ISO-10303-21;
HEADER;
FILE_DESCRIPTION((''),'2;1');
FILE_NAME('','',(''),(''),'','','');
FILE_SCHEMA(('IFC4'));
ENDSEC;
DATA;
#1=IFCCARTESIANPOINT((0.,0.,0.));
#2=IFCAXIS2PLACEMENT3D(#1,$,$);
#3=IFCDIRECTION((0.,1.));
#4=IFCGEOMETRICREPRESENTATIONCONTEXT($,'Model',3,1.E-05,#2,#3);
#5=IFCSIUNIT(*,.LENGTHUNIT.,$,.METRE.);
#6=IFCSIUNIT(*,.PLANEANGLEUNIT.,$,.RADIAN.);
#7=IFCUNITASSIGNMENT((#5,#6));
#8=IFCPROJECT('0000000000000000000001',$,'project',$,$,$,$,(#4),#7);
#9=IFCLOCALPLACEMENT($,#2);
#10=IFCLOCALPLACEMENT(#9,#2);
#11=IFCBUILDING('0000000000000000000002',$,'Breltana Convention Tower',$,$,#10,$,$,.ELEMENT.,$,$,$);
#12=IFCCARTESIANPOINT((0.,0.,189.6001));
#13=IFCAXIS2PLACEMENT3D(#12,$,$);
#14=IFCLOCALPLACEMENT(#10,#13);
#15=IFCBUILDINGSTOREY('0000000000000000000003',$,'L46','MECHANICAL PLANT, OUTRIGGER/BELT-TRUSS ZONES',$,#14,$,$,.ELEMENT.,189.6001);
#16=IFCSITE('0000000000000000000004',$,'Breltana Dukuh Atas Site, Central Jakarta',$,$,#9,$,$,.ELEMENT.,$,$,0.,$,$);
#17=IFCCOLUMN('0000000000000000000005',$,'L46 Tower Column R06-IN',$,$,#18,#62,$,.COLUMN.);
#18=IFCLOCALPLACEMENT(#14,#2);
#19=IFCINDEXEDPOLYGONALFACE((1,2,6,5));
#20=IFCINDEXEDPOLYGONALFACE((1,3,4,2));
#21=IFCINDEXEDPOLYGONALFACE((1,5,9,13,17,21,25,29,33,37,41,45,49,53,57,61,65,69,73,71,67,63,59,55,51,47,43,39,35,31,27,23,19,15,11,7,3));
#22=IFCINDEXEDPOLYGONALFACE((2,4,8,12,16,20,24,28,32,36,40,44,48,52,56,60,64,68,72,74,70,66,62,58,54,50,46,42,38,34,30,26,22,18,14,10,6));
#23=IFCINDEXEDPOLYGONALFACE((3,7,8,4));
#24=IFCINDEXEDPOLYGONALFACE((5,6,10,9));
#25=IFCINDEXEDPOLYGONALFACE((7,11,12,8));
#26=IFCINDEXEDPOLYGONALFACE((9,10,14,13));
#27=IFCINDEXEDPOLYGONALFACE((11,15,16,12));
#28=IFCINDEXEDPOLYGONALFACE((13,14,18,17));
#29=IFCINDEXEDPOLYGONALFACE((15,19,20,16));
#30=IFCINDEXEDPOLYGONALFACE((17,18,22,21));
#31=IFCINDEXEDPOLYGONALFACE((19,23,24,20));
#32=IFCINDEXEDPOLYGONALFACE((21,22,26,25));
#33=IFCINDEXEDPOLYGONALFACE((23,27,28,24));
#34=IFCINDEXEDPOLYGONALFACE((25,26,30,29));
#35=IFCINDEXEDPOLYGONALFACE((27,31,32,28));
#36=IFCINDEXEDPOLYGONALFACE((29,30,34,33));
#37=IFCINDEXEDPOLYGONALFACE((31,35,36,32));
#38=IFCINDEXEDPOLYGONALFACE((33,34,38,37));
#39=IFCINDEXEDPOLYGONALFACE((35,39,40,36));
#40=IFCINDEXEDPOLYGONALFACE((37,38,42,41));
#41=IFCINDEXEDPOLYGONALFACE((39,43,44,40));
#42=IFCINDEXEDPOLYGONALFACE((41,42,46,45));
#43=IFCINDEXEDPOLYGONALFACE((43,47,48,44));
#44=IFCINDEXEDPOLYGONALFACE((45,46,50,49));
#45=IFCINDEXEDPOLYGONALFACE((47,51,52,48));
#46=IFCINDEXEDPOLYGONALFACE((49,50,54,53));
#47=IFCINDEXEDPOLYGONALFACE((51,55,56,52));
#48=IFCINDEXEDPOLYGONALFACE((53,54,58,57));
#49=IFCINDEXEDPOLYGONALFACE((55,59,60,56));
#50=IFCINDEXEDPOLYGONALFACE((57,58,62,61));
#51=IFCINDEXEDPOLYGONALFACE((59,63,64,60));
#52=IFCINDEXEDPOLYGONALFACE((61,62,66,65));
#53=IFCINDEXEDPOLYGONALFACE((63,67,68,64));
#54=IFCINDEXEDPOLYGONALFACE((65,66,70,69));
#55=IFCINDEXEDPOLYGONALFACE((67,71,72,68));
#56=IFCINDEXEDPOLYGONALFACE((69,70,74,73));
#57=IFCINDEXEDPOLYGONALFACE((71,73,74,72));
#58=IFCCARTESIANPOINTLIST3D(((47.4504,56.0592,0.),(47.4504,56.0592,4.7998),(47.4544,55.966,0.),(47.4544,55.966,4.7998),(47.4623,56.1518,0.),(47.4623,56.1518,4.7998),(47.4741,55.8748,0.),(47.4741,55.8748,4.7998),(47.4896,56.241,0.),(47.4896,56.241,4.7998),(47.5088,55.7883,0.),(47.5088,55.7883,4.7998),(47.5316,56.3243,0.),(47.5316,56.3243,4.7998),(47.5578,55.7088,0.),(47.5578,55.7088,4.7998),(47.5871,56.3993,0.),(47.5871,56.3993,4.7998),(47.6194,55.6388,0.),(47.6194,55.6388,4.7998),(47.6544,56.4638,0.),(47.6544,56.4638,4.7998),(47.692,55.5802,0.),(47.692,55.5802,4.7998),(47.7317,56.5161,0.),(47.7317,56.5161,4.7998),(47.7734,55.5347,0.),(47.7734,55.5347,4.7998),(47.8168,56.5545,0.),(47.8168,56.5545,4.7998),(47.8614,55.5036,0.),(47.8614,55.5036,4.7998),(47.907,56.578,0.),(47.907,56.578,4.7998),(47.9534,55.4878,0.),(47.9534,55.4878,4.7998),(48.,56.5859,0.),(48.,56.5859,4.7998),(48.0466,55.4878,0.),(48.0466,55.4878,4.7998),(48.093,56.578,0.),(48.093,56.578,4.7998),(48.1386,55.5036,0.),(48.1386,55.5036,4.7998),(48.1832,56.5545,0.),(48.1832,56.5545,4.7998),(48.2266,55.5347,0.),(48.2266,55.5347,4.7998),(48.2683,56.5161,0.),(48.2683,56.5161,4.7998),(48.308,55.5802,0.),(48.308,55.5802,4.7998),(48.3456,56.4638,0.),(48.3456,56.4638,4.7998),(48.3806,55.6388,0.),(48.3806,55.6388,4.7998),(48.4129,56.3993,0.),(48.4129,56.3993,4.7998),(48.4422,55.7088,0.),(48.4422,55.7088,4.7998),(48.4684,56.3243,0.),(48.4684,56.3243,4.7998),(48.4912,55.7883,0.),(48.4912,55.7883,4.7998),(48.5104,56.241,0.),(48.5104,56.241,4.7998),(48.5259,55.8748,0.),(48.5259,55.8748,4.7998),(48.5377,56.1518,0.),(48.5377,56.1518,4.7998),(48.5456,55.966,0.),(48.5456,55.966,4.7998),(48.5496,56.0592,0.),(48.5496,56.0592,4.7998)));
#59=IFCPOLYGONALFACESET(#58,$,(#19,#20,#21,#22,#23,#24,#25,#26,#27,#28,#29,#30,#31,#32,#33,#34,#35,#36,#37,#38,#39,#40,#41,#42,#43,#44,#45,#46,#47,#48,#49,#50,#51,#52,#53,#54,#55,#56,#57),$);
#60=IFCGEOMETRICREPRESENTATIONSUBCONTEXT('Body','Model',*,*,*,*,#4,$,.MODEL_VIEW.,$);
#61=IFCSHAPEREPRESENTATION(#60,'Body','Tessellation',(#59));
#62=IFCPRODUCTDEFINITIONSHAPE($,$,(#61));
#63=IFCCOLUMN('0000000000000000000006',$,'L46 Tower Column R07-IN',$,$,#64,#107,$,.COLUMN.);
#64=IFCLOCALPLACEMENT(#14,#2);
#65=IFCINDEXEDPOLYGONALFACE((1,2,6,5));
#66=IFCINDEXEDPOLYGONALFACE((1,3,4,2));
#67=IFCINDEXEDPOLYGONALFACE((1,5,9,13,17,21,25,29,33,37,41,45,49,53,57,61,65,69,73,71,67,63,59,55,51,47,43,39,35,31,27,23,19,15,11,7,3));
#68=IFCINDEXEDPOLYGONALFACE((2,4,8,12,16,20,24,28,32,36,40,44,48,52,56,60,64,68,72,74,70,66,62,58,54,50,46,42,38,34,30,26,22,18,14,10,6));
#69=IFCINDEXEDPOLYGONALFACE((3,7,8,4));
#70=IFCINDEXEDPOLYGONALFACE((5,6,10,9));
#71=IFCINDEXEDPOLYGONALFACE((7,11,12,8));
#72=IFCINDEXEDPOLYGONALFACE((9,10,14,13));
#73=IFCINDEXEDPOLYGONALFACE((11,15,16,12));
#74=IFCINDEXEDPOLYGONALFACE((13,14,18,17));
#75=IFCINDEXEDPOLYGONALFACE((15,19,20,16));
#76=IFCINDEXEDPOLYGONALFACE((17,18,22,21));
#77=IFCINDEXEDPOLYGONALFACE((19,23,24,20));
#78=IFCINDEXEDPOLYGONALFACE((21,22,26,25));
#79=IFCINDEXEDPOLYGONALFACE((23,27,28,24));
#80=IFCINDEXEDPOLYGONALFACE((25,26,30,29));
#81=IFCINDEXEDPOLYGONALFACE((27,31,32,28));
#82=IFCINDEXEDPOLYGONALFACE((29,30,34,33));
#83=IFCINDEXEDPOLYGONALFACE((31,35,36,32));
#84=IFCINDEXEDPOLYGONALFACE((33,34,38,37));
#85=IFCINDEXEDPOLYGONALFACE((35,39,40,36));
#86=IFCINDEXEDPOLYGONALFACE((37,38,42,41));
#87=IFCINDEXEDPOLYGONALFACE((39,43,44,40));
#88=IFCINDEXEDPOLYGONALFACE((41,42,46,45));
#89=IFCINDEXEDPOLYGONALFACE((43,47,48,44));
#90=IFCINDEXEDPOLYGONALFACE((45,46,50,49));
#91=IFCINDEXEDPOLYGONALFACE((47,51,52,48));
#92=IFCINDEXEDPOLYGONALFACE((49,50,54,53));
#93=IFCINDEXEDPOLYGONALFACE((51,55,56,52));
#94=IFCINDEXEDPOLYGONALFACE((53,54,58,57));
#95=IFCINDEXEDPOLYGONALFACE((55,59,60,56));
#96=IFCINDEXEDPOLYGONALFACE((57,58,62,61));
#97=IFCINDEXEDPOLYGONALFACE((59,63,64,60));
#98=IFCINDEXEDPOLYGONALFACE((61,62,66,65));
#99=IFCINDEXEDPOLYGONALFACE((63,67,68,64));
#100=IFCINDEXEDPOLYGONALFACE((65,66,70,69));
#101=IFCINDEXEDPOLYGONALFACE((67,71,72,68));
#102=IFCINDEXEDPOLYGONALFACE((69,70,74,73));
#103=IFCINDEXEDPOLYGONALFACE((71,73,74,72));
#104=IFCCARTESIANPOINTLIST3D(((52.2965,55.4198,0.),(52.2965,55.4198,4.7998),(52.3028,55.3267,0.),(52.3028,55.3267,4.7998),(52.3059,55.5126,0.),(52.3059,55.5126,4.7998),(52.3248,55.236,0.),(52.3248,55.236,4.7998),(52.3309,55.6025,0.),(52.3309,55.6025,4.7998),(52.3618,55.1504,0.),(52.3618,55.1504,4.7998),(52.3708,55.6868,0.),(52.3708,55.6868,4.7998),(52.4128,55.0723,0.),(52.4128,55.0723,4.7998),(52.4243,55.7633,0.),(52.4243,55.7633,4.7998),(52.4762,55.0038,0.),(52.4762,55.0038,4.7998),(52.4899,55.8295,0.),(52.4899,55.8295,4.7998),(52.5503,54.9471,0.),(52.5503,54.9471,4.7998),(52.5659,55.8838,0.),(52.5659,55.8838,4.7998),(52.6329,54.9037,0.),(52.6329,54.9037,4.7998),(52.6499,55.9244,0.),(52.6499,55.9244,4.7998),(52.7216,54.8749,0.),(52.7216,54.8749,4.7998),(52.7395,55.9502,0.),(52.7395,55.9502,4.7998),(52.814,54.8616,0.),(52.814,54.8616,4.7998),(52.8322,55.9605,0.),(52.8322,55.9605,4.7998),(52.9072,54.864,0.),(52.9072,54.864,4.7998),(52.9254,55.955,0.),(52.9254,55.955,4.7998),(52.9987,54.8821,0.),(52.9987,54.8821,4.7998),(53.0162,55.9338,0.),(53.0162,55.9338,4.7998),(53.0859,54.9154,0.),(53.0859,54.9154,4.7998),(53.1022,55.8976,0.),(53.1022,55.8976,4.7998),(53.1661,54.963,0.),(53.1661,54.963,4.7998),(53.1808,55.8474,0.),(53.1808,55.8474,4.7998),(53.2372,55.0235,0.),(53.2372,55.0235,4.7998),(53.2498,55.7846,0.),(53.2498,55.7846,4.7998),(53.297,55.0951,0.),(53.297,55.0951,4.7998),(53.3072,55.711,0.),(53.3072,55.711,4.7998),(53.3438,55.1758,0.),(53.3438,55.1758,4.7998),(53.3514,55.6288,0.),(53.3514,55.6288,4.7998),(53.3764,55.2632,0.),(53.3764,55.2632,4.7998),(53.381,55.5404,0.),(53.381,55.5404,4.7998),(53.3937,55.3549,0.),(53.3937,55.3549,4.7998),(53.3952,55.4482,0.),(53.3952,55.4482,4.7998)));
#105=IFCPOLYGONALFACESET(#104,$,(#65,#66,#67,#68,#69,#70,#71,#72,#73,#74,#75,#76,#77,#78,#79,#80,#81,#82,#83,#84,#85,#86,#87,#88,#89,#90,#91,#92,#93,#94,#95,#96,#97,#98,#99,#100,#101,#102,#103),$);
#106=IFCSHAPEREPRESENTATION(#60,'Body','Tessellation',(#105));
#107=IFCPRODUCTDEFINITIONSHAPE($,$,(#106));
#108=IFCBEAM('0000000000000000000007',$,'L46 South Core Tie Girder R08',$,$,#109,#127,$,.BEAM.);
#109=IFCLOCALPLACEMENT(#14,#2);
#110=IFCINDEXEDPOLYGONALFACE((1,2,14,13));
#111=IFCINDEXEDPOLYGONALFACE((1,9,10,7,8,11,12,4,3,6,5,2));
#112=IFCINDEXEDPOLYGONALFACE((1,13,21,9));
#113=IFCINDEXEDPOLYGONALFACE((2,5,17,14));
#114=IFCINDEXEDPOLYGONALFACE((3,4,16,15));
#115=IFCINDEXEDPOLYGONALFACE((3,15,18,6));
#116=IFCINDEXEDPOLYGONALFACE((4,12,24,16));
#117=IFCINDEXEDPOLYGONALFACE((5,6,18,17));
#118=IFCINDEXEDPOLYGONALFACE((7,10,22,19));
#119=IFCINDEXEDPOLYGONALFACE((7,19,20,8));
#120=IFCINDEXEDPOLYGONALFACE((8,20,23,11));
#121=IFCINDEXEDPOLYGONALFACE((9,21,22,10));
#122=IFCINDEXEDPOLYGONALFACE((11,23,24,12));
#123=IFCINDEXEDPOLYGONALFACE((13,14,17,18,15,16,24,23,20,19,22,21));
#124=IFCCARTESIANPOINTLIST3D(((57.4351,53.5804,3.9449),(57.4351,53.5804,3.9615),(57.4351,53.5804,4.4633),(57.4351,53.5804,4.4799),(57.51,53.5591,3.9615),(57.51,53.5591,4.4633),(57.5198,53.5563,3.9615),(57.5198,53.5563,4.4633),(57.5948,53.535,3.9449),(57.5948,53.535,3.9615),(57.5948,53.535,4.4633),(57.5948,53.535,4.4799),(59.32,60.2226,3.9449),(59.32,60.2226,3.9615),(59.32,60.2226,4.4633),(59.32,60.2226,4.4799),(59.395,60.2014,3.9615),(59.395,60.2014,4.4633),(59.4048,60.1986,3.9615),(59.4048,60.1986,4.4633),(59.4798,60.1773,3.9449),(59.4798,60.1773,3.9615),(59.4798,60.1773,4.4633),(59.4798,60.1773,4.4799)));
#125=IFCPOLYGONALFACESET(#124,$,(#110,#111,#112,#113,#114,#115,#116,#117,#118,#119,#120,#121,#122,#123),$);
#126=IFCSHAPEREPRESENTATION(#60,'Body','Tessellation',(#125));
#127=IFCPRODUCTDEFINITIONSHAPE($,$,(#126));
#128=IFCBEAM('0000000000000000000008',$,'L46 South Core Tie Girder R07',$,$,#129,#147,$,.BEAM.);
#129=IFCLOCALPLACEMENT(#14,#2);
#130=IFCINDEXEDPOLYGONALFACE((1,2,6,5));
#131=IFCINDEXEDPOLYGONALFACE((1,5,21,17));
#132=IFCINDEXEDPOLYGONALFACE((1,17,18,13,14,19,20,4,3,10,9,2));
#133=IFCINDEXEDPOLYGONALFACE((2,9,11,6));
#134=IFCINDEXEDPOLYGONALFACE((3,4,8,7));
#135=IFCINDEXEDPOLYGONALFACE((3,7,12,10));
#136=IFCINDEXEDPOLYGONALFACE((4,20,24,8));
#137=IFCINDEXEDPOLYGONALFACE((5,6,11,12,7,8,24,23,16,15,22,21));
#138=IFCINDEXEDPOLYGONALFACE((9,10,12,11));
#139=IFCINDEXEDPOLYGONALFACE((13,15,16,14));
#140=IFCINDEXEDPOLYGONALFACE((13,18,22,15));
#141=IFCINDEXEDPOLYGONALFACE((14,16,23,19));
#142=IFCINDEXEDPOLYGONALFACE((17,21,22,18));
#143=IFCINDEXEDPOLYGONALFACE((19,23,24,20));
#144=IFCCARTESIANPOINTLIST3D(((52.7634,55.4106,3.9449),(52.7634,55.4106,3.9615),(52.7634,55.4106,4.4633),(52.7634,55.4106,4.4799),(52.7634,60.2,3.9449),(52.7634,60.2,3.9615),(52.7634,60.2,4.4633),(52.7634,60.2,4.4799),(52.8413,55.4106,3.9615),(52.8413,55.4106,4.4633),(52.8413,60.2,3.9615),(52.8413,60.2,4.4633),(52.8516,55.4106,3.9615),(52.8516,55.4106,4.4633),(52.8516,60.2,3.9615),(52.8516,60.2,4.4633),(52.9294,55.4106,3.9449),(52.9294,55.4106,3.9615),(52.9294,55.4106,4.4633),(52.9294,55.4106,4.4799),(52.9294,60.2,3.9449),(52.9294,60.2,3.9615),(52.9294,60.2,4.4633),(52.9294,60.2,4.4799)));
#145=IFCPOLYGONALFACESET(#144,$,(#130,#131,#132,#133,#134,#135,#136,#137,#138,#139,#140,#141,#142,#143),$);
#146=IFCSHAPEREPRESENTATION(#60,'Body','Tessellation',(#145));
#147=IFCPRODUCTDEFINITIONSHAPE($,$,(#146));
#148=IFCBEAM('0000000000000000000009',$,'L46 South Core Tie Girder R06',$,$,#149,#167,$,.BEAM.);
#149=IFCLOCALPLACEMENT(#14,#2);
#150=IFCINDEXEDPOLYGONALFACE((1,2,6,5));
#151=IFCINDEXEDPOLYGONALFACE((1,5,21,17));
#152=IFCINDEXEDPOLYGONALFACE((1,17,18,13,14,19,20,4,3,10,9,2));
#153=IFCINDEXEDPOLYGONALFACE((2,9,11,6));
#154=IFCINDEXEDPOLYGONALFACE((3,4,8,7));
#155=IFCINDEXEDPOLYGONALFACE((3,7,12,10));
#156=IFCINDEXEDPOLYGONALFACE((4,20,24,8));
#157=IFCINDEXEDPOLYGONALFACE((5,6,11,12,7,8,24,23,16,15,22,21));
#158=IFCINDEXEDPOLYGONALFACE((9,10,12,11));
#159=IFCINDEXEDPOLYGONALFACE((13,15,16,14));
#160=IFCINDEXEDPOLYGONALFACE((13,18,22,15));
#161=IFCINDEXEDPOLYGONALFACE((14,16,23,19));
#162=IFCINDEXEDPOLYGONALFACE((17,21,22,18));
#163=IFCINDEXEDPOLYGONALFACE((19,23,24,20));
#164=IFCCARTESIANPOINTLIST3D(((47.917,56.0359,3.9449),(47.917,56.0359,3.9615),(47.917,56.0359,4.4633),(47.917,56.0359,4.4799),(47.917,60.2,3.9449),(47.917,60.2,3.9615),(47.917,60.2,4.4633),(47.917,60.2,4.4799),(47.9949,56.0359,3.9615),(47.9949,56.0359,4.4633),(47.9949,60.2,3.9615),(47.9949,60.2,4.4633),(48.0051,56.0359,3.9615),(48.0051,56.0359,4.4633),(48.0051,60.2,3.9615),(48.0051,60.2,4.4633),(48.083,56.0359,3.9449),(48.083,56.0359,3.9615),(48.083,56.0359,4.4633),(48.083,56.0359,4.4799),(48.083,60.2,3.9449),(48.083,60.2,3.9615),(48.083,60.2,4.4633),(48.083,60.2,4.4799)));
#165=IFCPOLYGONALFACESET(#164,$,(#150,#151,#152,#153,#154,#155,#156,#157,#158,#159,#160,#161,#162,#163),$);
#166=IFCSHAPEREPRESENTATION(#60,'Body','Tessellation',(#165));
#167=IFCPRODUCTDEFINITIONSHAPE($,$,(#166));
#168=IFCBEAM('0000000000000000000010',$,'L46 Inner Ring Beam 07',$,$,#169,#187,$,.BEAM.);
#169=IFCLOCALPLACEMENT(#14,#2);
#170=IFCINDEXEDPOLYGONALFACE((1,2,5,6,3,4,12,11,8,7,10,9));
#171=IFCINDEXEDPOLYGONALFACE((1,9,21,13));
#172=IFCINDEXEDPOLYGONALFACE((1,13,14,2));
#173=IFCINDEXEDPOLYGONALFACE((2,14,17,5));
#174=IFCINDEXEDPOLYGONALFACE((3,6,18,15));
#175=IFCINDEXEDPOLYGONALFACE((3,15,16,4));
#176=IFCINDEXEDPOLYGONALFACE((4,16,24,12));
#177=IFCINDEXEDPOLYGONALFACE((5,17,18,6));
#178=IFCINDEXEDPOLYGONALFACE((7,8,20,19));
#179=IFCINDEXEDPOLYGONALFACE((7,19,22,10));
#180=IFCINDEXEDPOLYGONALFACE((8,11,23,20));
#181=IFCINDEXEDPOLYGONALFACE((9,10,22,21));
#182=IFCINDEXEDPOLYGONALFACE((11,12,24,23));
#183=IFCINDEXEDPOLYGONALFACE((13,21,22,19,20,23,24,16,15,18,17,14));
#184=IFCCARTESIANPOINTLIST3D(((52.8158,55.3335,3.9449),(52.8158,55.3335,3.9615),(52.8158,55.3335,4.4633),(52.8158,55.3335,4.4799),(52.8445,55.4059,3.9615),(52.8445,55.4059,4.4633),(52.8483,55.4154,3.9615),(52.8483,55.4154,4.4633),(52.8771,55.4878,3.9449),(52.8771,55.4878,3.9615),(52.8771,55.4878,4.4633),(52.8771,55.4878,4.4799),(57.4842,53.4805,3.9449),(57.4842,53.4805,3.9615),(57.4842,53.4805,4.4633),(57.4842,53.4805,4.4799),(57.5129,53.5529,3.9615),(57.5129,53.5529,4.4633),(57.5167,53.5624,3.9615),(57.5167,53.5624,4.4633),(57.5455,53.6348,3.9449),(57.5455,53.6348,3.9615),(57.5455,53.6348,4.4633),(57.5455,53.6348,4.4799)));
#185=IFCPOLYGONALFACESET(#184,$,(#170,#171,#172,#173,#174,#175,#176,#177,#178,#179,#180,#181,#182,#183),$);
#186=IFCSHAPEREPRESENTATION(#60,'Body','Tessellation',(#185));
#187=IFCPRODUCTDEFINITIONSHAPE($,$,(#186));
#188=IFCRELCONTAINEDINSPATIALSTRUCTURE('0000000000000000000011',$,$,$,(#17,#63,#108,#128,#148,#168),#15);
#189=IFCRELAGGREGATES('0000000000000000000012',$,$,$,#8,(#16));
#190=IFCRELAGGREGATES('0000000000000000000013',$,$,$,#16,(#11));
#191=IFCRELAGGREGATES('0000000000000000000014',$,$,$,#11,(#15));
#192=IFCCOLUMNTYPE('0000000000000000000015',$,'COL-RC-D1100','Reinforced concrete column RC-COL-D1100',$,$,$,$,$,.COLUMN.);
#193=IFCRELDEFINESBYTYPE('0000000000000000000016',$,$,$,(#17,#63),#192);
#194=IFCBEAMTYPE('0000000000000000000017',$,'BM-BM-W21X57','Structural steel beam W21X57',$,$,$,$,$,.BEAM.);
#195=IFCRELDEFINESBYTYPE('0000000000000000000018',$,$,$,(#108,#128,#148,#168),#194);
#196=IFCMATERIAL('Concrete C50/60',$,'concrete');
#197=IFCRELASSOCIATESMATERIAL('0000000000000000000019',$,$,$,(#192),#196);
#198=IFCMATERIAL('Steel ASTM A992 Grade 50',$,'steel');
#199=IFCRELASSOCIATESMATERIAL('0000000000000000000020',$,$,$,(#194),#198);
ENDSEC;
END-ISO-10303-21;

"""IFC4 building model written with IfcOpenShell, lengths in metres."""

from ifc_helpers import new_model, si_unit, direction, frame, origin, origin_2d, place, context, subcontext, project, spatial, circle, i_section, extrude, source, transform, mapped, material, material_profile, profile_set, type_object, type_shapes, element, save


model = new_model("IFC4")

# Units and contexts
model_context = context("Model", 3, precision=1e-05, world=origin(), true_north=direction((0.0, 1.0)))
body_context = subcontext(model_context, "Body", "Model", "MODEL_VIEW")
ifc_project = project(units=[si_unit("LENGTHUNIT", "METRE"), si_unit("PLANEANGLEUNIT", "RADIAN")], contexts=[model_context])

# Site, building, storey
site_placement = place(None, origin())
site = spatial("IfcSite", under=ifc_project, at=site_placement, Name="Breltana Dukuh Atas Site, Central Jakarta", CompositionType="ELEMENT", RefElevation=0.0)
building_placement = place(site_placement, origin())
building = spatial("IfcBuilding", under=site, at=building_placement, Name="Breltana Convention Tower", CompositionType="ELEMENT")
storey_placement = place(building_placement, frame((0.0, 0.0, 189.6001)))
storey = spatial("IfcBuildingStorey", under=building, at=storey_placement, Name="L46", Description="MECHANICAL PLANT, OUTRIGGER/BELT-TRUSS ZONES", CompositionType="ELEMENT", Elevation=189.6001)

# Columns
ifc_material_1 = material(Name="Concrete C50/60", Category="concrete")
ifc_material_profile_1 = material_profile(ifc_material_1, circle(Radius=0.55, at=origin_2d()), Name="RC-COL-D1100")
ifc_profile_set_1 = profile_set([ifc_material_profile_1], Name="Concrete C50/60")
column_type = type_object("IfcColumnType", Name="COL-RC-D1100", Description="Reinforced concrete column RC-COL-D1100", PredefinedType="COLUMN", material=ifc_profile_set_1)
shared_shape_1 = source(origin(), body_context, "Body", "SweptSolid", [
    extrude(circle(Radius=0.55, at=origin_2d()), origin(), (0.0, 0.0, 1.0), 4.7998),
])
for number, where, z_axis, x_axis, name in (
    (1, (48.0, 56.0359, 0.0), (0.0, 0.0, 1.0), (0.0, 1.0, 0.0), "L46 Tower Column R06-IN"),
    (2, (52.8464, 55.4106, 0.0), (0.0, 0.0, 1.0), (0.143493, 0.989651, 0.0), "L46 Tower Column R07-IN"),
):
    element("IfcColumn", number, at=place(storey_placement, frame(where, z_axis=z_axis, x_axis=x_axis)), inside=storey, type_object=column_type, Name=name, PredefinedType="COLUMN", context=body_context, shape_type="MappedRepresentation", body=[
        mapped(shared_shape_1, transform((0.0, 0.0, 0.0), scale=1.0)),
    ])

# Beams
ifc_material_2 = material(Name="Steel ASTM A992 Grade 50", Category="steel")
ifc_material_profile_2 = material_profile(ifc_material_2, i_section(OverallWidth=0.166, OverallDepth=0.5349, WebThickness=0.0103, FlangeThickness=0.0166, at=origin_2d()), Name="W21X57")
ifc_profile_set_2 = profile_set([ifc_material_profile_2], Name="Steel ASTM A992 Grade 50")
beam_type_1 = type_object("IfcBeamType", Name="BM-BM-W21X57", Description="Structural steel beam W21X57", PredefinedType="BEAM", material=ifc_profile_set_2)
shared_shape_2 = source(origin(), body_context, "Body", "SweptSolid", [
    extrude(i_section(OverallWidth=0.166, OverallDepth=0.5349, WebThickness=0.0103, FlangeThickness=0.0166, at=origin_2d()), origin(), (0.0, 0.0, 1.0), 6.9045),
])
type_shapes(beam_type_1, [shared_shape_2])
beam_1_placement = place(storey_placement, frame((59.3999, 60.2, 4.2124), z_axis=(-0.273007, -0.962012, 0.0), x_axis=(0.962012, -0.273007, 0.0)))
element("IfcBeam", 3, at=beam_1_placement, inside=storey, type_object=beam_type_1, Name="L46 South Core Tie Girder R08", PredefinedType="BEAM", context=body_context, shape_type="MappedRepresentation", body=[
    mapped(shared_shape_2, transform((0.0, 0.0, 0.0), scale=1.0)),
])
shared_shape_3 = source(origin(), body_context, "Body", "SweptSolid", [
    extrude(i_section(OverallWidth=0.166, OverallDepth=0.5349, WebThickness=0.0103, FlangeThickness=0.0166, at=origin_2d()), origin(), (0.0, 0.0, 1.0), 4.7893),
])
beam_2_placement = place(storey_placement, frame((52.8464, 60.2, 4.2124), z_axis=(0.0, -1.0, 0.0), x_axis=(1.0, 0.0, 0.0)))
element("IfcBeam", 4, at=beam_2_placement, inside=storey, type_object=beam_type_1, Name="L46 South Core Tie Girder R07", PredefinedType="BEAM", context=body_context, shape_type="MappedRepresentation", body=[
    mapped(shared_shape_3, transform((0.0, 0.0, 0.0), scale=1.0)),
])
shared_shape_4 = source(origin(), body_context, "Body", "SweptSolid", [
    extrude(i_section(OverallWidth=0.166, OverallDepth=0.5349, WebThickness=0.0103, FlangeThickness=0.0166, at=origin_2d()), origin(), (0.0, 0.0, 1.0), 4.1641),
])
beam_3_placement = place(storey_placement, frame((48.0, 60.2, 4.2124), z_axis=(0.0, -1.0, 0.0), x_axis=(1.0, 0.0, 0.0)))
element("IfcBeam", 5, at=beam_3_placement, inside=storey, type_object=beam_type_1, Name="L46 South Core Tie Girder R06", PredefinedType="BEAM", context=body_context, shape_type="MappedRepresentation", body=[
    mapped(shared_shape_4, transform((0.0, 0.0, 0.0), scale=1.0)),
])
shared_shape_5 = source(origin(), body_context, "Body", "SweptSolid", [
    extrude(i_section(OverallWidth=0.166, OverallDepth=0.5349, WebThickness=0.0103, FlangeThickness=0.0166, at=origin_2d()), origin(), (0.0, 0.0, 1.0), 5.0227),
])
beam_4_placement = place(storey_placement, frame((52.8464, 55.4106, 4.2124), z_axis=(0.929459, -0.368926, 0.0), x_axis=(0.368926, 0.929459, 0.0)))
element("IfcBeam", 6, at=beam_4_placement, inside=storey, type_object=beam_type_1, Name="L46 Inner Ring Beam 07", PredefinedType="BEAM", context=body_context, shape_type="MappedRepresentation", body=[
    mapped(shared_shape_5, transform((0.0, 0.0, 0.0), scale=1.0)),
])

save(model, "model.ifc")
